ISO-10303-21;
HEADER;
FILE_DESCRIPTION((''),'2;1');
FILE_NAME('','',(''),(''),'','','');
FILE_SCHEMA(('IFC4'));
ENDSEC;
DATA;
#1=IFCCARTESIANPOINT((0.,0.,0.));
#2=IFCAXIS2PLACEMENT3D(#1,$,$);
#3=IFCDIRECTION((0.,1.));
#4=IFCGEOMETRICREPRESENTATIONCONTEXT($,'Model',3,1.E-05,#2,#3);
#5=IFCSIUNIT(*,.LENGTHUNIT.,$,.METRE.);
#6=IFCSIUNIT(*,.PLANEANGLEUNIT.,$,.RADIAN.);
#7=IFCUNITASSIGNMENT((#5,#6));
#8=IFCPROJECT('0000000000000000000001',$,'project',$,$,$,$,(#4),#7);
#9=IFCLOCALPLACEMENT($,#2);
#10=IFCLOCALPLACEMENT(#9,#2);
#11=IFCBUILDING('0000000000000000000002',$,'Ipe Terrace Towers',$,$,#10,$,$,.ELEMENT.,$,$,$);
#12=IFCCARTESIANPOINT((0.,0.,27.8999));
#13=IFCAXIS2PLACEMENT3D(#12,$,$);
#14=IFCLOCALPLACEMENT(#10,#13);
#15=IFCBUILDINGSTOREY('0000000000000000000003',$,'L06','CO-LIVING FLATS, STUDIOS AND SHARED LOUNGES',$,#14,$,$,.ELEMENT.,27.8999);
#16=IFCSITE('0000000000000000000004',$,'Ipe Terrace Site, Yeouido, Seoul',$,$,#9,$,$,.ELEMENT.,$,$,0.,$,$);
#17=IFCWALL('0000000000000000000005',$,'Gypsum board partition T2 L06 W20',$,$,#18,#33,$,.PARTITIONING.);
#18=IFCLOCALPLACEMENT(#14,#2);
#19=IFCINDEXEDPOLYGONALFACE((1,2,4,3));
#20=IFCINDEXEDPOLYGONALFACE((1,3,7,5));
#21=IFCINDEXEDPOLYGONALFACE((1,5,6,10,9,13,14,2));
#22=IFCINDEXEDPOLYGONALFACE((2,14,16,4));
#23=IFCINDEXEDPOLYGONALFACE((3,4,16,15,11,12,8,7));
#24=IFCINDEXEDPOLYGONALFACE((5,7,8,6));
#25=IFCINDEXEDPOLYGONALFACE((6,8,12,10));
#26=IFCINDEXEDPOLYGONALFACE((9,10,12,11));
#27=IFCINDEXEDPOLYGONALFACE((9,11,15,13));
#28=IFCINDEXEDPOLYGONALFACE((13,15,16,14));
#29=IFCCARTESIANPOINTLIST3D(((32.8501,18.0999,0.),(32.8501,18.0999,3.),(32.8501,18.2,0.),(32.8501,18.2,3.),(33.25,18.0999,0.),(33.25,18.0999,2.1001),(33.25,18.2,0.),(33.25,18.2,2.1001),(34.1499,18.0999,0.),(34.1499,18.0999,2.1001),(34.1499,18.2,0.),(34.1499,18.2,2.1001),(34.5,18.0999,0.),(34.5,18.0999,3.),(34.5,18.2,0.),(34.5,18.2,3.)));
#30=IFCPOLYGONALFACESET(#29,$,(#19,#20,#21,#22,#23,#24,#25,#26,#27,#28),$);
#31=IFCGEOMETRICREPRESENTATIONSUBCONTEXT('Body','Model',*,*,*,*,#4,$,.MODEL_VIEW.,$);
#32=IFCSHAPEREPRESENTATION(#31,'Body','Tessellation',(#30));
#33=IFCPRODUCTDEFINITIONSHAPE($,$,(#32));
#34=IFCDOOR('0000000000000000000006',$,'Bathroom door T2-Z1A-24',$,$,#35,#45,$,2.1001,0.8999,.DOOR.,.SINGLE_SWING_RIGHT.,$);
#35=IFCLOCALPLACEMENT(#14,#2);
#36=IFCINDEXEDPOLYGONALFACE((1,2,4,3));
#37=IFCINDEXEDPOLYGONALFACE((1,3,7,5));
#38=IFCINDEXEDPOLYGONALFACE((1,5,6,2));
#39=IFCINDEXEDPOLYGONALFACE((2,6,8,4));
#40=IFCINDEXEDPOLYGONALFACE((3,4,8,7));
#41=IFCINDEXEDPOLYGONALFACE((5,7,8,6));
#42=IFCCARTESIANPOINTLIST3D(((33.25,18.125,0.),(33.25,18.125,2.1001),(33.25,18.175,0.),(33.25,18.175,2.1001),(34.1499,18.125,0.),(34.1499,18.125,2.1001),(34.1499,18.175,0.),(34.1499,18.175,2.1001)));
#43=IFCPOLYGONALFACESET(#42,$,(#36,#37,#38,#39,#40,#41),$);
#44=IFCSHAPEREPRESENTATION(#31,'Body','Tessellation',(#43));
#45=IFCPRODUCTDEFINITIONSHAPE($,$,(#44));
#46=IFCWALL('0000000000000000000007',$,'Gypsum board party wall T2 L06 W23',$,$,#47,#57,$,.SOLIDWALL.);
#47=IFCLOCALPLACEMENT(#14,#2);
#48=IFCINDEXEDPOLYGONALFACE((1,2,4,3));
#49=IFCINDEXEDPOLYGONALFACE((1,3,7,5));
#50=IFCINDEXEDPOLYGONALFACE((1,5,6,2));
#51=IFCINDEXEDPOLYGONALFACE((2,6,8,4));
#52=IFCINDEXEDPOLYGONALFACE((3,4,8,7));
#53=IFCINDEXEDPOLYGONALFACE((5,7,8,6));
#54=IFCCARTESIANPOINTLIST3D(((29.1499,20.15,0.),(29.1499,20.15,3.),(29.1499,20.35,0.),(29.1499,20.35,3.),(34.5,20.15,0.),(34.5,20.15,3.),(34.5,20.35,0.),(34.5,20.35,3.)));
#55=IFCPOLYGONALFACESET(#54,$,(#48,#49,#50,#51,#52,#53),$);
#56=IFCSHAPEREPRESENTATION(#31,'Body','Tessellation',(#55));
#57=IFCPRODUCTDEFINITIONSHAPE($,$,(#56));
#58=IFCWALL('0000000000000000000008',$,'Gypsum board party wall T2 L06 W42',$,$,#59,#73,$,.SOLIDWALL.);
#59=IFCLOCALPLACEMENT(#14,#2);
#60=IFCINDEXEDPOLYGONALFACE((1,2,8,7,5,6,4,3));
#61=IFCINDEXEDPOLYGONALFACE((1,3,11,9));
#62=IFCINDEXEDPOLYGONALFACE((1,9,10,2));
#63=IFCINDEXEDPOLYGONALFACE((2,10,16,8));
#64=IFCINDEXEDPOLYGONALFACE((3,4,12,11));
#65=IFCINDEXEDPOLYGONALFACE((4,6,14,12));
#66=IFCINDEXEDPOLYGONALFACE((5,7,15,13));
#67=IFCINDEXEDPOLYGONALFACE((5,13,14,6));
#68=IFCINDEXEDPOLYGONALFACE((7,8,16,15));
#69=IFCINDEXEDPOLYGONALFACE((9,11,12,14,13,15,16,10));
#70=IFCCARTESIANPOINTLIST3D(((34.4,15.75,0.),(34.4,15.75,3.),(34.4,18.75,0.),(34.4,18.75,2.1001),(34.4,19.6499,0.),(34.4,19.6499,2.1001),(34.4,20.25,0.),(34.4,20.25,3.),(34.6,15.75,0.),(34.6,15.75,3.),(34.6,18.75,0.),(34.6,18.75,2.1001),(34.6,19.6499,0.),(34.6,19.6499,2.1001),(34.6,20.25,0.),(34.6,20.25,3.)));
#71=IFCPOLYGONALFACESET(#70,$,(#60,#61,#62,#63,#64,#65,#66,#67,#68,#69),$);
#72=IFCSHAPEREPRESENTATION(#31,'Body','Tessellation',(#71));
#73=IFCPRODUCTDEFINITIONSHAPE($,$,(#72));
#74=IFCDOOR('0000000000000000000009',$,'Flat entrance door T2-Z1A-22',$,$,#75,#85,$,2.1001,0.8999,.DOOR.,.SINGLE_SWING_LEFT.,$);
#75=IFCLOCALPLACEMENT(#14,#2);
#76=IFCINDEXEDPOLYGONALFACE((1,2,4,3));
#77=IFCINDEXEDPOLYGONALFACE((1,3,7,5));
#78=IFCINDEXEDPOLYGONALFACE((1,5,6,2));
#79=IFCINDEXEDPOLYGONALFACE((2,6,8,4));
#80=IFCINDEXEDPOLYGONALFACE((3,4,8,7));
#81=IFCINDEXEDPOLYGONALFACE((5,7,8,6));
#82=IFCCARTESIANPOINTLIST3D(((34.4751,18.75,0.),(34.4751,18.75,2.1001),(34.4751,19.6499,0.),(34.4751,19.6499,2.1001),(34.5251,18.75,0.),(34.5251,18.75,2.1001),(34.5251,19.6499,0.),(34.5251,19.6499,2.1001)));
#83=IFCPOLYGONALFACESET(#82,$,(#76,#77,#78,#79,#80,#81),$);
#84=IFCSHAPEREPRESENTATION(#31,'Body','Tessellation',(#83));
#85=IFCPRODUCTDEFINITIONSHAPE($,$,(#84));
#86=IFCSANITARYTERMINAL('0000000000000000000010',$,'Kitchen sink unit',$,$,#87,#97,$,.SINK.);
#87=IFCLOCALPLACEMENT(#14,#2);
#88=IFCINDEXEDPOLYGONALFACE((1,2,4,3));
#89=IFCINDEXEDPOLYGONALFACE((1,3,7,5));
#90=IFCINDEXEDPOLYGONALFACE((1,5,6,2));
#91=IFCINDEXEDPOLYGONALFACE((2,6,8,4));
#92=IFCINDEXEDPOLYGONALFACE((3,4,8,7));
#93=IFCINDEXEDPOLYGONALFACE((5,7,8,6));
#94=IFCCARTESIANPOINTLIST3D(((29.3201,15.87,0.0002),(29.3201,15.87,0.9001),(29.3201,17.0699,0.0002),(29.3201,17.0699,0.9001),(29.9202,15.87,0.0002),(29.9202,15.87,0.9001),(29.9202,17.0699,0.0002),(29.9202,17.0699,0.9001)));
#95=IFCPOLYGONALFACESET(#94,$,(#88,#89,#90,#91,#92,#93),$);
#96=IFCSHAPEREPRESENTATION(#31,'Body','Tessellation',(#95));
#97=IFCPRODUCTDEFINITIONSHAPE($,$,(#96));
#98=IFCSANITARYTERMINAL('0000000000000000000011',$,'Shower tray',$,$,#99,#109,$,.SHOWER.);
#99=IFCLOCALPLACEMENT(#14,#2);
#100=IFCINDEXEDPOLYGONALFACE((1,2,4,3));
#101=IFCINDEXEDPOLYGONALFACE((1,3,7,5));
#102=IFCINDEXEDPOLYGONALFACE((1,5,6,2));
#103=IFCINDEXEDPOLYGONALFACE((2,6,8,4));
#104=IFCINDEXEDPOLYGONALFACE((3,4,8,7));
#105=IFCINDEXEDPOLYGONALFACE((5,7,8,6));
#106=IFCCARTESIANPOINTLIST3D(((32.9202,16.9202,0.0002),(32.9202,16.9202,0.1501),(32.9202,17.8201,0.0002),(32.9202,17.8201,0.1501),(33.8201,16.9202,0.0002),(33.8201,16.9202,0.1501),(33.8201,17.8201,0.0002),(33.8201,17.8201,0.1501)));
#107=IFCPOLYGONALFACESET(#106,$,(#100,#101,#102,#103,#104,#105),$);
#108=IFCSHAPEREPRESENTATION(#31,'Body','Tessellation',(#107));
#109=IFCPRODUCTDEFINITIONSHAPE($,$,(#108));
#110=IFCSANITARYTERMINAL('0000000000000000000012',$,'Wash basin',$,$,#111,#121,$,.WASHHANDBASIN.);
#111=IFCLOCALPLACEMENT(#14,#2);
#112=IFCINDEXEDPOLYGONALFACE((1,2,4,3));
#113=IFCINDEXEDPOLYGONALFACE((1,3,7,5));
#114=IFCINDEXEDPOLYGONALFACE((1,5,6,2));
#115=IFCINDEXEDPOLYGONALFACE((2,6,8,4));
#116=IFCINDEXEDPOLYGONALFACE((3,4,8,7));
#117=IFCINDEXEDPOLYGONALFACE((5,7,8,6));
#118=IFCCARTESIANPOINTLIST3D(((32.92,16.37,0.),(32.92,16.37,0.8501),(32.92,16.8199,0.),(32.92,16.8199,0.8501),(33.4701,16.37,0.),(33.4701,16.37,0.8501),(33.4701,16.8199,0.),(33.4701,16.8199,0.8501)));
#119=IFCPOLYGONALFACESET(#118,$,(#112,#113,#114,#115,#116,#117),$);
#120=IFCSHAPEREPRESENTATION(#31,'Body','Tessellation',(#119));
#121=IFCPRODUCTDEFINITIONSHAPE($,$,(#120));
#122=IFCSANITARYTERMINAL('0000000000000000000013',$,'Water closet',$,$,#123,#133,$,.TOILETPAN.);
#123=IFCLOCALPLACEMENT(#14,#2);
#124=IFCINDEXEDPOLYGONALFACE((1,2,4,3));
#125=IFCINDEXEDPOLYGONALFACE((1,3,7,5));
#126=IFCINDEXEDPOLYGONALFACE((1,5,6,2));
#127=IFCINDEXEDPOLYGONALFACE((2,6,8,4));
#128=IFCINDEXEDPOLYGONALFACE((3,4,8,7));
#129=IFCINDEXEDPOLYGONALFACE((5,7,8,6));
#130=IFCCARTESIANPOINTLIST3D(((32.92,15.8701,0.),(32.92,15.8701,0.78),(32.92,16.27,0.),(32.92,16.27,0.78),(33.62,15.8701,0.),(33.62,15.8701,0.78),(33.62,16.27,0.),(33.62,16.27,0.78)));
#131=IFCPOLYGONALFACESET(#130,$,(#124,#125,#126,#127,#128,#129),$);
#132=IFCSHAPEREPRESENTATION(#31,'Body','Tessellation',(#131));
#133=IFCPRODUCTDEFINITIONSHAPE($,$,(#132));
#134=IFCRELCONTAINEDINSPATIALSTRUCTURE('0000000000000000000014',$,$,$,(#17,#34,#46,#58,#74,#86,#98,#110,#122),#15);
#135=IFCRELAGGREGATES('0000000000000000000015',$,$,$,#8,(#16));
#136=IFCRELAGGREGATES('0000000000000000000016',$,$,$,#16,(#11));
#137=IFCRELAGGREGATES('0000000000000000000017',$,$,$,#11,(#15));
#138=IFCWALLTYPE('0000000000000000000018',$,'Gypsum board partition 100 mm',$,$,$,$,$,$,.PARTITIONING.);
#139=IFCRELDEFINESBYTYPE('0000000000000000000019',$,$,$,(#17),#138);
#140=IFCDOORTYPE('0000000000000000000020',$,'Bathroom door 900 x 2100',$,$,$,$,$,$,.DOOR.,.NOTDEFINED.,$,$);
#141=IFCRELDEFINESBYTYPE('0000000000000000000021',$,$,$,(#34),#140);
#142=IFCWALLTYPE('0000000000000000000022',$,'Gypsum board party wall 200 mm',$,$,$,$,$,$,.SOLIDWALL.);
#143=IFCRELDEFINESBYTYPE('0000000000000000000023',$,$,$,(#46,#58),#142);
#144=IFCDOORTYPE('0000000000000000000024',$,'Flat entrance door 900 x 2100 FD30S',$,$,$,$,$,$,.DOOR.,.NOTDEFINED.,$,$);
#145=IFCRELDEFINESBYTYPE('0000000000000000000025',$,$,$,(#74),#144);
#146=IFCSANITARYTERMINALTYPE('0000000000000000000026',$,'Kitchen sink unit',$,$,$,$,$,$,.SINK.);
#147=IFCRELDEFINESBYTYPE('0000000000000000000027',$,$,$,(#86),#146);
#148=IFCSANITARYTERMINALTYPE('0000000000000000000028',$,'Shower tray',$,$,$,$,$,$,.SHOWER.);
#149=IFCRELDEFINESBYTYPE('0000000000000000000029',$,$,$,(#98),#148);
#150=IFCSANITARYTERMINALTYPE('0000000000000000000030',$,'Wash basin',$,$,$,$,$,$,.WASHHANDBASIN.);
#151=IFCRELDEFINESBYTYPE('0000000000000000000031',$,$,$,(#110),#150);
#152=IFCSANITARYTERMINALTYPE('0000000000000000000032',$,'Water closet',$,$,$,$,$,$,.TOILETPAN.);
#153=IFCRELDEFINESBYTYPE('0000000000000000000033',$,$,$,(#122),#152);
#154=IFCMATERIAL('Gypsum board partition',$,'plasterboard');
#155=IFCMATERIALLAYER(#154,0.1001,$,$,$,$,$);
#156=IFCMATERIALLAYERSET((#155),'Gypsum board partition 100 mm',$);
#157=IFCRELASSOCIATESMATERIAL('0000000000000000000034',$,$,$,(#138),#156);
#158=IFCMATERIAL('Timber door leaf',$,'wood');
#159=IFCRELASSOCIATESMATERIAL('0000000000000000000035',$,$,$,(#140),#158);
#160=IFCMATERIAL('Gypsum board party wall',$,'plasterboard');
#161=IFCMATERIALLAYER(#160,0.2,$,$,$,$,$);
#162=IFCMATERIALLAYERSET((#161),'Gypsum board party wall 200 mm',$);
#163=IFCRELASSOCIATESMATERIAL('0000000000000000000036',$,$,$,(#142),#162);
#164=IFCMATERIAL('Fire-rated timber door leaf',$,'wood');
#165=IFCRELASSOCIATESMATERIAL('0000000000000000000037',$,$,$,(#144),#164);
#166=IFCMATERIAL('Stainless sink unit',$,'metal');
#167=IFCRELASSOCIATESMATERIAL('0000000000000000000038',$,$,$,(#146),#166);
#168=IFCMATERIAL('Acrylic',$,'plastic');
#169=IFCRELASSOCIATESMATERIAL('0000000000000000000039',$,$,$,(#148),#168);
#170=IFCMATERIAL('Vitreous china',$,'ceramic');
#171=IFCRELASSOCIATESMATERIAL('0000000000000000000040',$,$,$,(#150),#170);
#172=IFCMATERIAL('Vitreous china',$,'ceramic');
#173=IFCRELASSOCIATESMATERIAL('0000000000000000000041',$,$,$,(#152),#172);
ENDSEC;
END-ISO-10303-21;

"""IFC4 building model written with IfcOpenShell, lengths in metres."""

from ifc_helpers import new_model, si_unit, direction, frame, frame_2d, origin, origin_2d, place, context, subcontext, project, spatial, rectangle, extrude, material, layer, layer_set, type_object, element, fill, save


model = new_model("IFC4")

# Units and contexts
model_context = context("Model", 3, precision=1e-05, world=origin(), true_north=direction((0.0, 1.0)))
body_context = subcontext(model_context, "Body", "Model", "MODEL_VIEW")
ifc_project = project(units=[si_unit("LENGTHUNIT", "METRE"), si_unit("PLANEANGLEUNIT", "RADIAN")], contexts=[model_context])

# Site, building, storey
site_placement = place(None, origin())
site = spatial("IfcSite", under=ifc_project, at=site_placement, Name="Ipe Terrace Site, Yeouido, Seoul", CompositionType="ELEMENT", RefElevation=0.0)
building_placement = place(site_placement, origin())
building = spatial("IfcBuilding", under=site, at=building_placement, Name="Ipe Terrace Towers", CompositionType="ELEMENT")
storey_placement = place(building_placement, frame((0.0, 0.0, 27.8999)))
storey = spatial("IfcBuildingStorey", under=building, at=storey_placement, Name="L06", Description="CO-LIVING FLATS, STUDIOS AND SHARED LOUNGES", CompositionType="ELEMENT", Elevation=27.8999)

# Wall, opening, door
ifc_material_1 = material(Name="Gypsum board partition", Category="plasterboard")
ifc_layer_1 = layer(ifc_material_1, 0.1001)
ifc_layer_set_1 = layer_set([ifc_layer_1], Name="Gypsum board partition 100 mm")
wall_type_1 = type_object("IfcWallType", Name="Gypsum board partition 100 mm", PredefinedType="PARTITIONING", material=ifc_layer_set_1)
wall_1_placement = place(storey_placement, frame((34.5, 18.1499, 0.0), z_axis=(0.0, 0.0, 1.0), x_axis=(-1.0, 0.0, 0.0)))
wall_1 = element("IfcWall", 1, at=wall_1_placement, inside=storey, type_object=wall_type_1, Name="Gypsum board partition T2 L06 W20", PredefinedType="PARTITIONING", context=body_context, shape_type="SweptSolid", body=[
    extrude(rectangle(XDim=1.6499, YDim=0.1001, at=frame_2d((0.825, 0.0))), origin(), (0.0, 0.0, 1.0), 3.0),
])
opening_1_placement = place(wall_1_placement, frame((0.3501, 0.0, 0.0)))
opening_1 = element("IfcOpeningElement", 2, at=opening_1_placement, cuts=wall_1, PredefinedType="OPENING", context=body_context, shape_type="SweptSolid", body=[
    extrude(rectangle(XDim=0.8999, YDim=2.1001, at=frame_2d((0.45, 1.05))), frame((0.0, 0.0601, 0.0), z_axis=(0.0, -1.0, 0.0), x_axis=(1.0, 0.0, 0.0)), (0.0, 0.0, 1.0), 0.1201),
])
ifc_material_2 = material(Name="Timber door leaf", Category="wood")
door_type_1 = type_object("IfcDoorType", Name="Bathroom door 900 x 2100", OperationType="NOTDEFINED", PredefinedType="DOOR", material=ifc_material_2)
door_1_placement = place(opening_1_placement, origin())
door_1 = element("IfcDoor", 3, at=door_1_placement, inside=storey, type_object=door_type_1, Name="Bathroom door T2-Z1A-24", OperationType="SINGLE_SWING_RIGHT", OverallHeight=2.1001, OverallWidth=0.8999, PredefinedType="DOOR", context=body_context, shape_type="SweptSolid", body=[
    extrude(rectangle(XDim=0.8999, YDim=2.1001, at=frame_2d((0.45, 1.05))), frame((0.0, 0.0249, 0.0), z_axis=(0.0, -1.0, 0.0), x_axis=(1.0, 0.0, 0.0)), (0.0, 0.0, 1.0), 0.05),
])
fill(opening_1, door_1)

# Wall
ifc_material_3 = material(Name="Gypsum board party wall", Category="plasterboard")
ifc_layer_2 = layer(ifc_material_3, 0.2)
ifc_layer_set_2 = layer_set([ifc_layer_2], Name="Gypsum board party wall 200 mm")
wall_type_2 = type_object("IfcWallType", Name="Gypsum board party wall 200 mm", PredefinedType="SOLIDWALL", material=ifc_layer_set_2)
wall_2_placement = place(storey_placement, frame((34.5, 20.25, 0.0), z_axis=(0.0, 0.0, 1.0), x_axis=(-1.0, 0.0, 0.0)))
element("IfcWall", 4, at=wall_2_placement, inside=storey, type_object=wall_type_2, Name="Gypsum board party wall T2 L06 W23", PredefinedType="SOLIDWALL", context=body_context, shape_type="SweptSolid", body=[
    extrude(rectangle(XDim=5.3501, YDim=0.2, at=frame_2d((2.675, 0.0))), origin(), (0.0, 0.0, 1.0), 3.0),
])

# Wall, opening, door
wall_3_placement = place(storey_placement, frame((34.5, 15.75, 0.0), z_axis=(0.0, 0.0, 1.0), x_axis=(0.0, 1.0, 0.0)))
wall_3 = element("IfcWall", 5, at=wall_3_placement, inside=storey, type_object=wall_type_2, Name="Gypsum board party wall T2 L06 W42", PredefinedType="SOLIDWALL", context=body_context, shape_type="SweptSolid", body=[
    extrude(rectangle(XDim=4.5, YDim=0.2, at=frame_2d((2.25, 0.0))), origin(), (0.0, 0.0, 1.0), 3.0),
])
opening_2_placement = place(wall_3_placement, frame((3.0, 0.0, 0.0)))
opening_2 = element("IfcOpeningElement", 6, at=opening_2_placement, cuts=wall_3, PredefinedType="OPENING", context=body_context, shape_type="SweptSolid", body=[
    extrude(rectangle(XDim=0.8999, YDim=2.1001, at=frame_2d((0.45, 1.05))), frame((0.0, 0.1099, 0.0), z_axis=(0.0, -1.0, 0.0), x_axis=(1.0, 0.0, 0.0)), (0.0, 0.0, 1.0), 0.22),
])
ifc_material_4 = material(Name="Fire-rated timber door leaf", Category="wood")
door_type_2 = type_object("IfcDoorType", Name="Flat entrance door 900 x 2100 FD30S", OperationType="NOTDEFINED", PredefinedType="DOOR", material=ifc_material_4)
door_2_placement = place(opening_2_placement, origin())
door_2 = element("IfcDoor", 7, at=door_2_placement, inside=storey, type_object=door_type_2, Name="Flat entrance door T2-Z1A-22", OperationType="SINGLE_SWING_LEFT", OverallHeight=2.1001, OverallWidth=0.8999, PredefinedType="DOOR", context=body_context, shape_type="SweptSolid", body=[
    extrude(rectangle(XDim=0.8999, YDim=2.1001, at=frame_2d((0.45, 1.05))), frame((0.0, 0.0249, 0.0), z_axis=(0.0, -1.0, 0.0), x_axis=(1.0, 0.0, 0.0)), (0.0, 0.0, 1.0), 0.05),
])
fill(opening_2, door_2)

# Sanitary terminals
ifc_material_5 = material(Name="Stainless sink unit", Category="metal")
sanitary_terminal_type_1 = type_object("IfcSanitaryTerminalType", Name="Kitchen sink unit", PredefinedType="SINK", material=ifc_material_5)
sanitary_terminal_1_placement = place(storey_placement, frame((29.6201, 16.47, 0.0002), z_axis=(0.0, 0.0, 1.0), x_axis=(0.0, 1.0, 0.0)))
element("IfcSanitaryTerminal", 8, at=sanitary_terminal_1_placement, inside=storey, type_object=sanitary_terminal_type_1, Name="Kitchen sink unit", PredefinedType="SINK", context=body_context, shape_type="SweptSolid", body=[
    extrude(rectangle(XDim=1.2, YDim=0.6001, at=origin_2d()), origin(), (0.0, 0.0, 1.0), 0.8999),
])
ifc_material_6 = material(Name="Acrylic", Category="plastic")
sanitary_terminal_type_2 = type_object("IfcSanitaryTerminalType", Name="Shower tray", PredefinedType="SHOWER", material=ifc_material_6)
sanitary_terminal_2_placement = place(storey_placement, frame((33.3701, 17.3701, 0.0002), z_axis=(0.0, 0.0, 1.0), x_axis=(1.0, 0.0, 0.0)))
element("IfcSanitaryTerminal", 9, at=sanitary_terminal_2_placement, inside=storey, type_object=sanitary_terminal_type_2, Name="Shower tray", PredefinedType="SHOWER", context=body_context, shape_type="SweptSolid", body=[
    extrude(rectangle(XDim=0.8999, YDim=0.8999, at=origin_2d()), origin(), (0.0, 0.0, 1.0), 0.1499),
])
ifc_material_7 = material(Name="Vitreous china", Category="ceramic")
sanitary_terminal_type_3 = type_object("IfcSanitaryTerminalType", Name="Wash basin", PredefinedType="WASHHANDBASIN", material=ifc_material_7)
sanitary_terminal_3_placement = place(storey_placement, frame((33.1951, 16.595, 0.0), z_axis=(0.0, 0.0, 1.0), x_axis=(1.0, 0.0, 0.0)))
element("IfcSanitaryTerminal", 10, at=sanitary_terminal_3_placement, inside=storey, type_object=sanitary_terminal_type_3, Name="Wash basin", PredefinedType="WASHHANDBASIN", context=body_context, shape_type="SweptSolid", body=[
    extrude(rectangle(XDim=0.55, YDim=0.45, at=origin_2d()), origin(), (0.0, 0.0, 1.0), 0.8501),
])
ifc_material_8 = material(Name="Vitreous china", Category="ceramic")
sanitary_terminal_type_4 = type_object("IfcSanitaryTerminalType", Name="Water closet", PredefinedType="TOILETPAN", material=ifc_material_8)
sanitary_terminal_4_placement = place(storey_placement, frame((33.27, 16.0701, 0.0), z_axis=(0.0, 0.0, 1.0), x_axis=(1.0, 0.0, 0.0)))
element("IfcSanitaryTerminal", 11, at=sanitary_terminal_4_placement, inside=storey, type_object=sanitary_terminal_type_4, Name="Water closet", PredefinedType="TOILETPAN", context=body_context, shape_type="SweptSolid", body=[
    extrude(rectangle(XDim=0.7, YDim=0.3999, at=origin_2d()), origin(), (0.0, 0.0, 1.0), 0.78),
])

save(model, "model.ifc")
